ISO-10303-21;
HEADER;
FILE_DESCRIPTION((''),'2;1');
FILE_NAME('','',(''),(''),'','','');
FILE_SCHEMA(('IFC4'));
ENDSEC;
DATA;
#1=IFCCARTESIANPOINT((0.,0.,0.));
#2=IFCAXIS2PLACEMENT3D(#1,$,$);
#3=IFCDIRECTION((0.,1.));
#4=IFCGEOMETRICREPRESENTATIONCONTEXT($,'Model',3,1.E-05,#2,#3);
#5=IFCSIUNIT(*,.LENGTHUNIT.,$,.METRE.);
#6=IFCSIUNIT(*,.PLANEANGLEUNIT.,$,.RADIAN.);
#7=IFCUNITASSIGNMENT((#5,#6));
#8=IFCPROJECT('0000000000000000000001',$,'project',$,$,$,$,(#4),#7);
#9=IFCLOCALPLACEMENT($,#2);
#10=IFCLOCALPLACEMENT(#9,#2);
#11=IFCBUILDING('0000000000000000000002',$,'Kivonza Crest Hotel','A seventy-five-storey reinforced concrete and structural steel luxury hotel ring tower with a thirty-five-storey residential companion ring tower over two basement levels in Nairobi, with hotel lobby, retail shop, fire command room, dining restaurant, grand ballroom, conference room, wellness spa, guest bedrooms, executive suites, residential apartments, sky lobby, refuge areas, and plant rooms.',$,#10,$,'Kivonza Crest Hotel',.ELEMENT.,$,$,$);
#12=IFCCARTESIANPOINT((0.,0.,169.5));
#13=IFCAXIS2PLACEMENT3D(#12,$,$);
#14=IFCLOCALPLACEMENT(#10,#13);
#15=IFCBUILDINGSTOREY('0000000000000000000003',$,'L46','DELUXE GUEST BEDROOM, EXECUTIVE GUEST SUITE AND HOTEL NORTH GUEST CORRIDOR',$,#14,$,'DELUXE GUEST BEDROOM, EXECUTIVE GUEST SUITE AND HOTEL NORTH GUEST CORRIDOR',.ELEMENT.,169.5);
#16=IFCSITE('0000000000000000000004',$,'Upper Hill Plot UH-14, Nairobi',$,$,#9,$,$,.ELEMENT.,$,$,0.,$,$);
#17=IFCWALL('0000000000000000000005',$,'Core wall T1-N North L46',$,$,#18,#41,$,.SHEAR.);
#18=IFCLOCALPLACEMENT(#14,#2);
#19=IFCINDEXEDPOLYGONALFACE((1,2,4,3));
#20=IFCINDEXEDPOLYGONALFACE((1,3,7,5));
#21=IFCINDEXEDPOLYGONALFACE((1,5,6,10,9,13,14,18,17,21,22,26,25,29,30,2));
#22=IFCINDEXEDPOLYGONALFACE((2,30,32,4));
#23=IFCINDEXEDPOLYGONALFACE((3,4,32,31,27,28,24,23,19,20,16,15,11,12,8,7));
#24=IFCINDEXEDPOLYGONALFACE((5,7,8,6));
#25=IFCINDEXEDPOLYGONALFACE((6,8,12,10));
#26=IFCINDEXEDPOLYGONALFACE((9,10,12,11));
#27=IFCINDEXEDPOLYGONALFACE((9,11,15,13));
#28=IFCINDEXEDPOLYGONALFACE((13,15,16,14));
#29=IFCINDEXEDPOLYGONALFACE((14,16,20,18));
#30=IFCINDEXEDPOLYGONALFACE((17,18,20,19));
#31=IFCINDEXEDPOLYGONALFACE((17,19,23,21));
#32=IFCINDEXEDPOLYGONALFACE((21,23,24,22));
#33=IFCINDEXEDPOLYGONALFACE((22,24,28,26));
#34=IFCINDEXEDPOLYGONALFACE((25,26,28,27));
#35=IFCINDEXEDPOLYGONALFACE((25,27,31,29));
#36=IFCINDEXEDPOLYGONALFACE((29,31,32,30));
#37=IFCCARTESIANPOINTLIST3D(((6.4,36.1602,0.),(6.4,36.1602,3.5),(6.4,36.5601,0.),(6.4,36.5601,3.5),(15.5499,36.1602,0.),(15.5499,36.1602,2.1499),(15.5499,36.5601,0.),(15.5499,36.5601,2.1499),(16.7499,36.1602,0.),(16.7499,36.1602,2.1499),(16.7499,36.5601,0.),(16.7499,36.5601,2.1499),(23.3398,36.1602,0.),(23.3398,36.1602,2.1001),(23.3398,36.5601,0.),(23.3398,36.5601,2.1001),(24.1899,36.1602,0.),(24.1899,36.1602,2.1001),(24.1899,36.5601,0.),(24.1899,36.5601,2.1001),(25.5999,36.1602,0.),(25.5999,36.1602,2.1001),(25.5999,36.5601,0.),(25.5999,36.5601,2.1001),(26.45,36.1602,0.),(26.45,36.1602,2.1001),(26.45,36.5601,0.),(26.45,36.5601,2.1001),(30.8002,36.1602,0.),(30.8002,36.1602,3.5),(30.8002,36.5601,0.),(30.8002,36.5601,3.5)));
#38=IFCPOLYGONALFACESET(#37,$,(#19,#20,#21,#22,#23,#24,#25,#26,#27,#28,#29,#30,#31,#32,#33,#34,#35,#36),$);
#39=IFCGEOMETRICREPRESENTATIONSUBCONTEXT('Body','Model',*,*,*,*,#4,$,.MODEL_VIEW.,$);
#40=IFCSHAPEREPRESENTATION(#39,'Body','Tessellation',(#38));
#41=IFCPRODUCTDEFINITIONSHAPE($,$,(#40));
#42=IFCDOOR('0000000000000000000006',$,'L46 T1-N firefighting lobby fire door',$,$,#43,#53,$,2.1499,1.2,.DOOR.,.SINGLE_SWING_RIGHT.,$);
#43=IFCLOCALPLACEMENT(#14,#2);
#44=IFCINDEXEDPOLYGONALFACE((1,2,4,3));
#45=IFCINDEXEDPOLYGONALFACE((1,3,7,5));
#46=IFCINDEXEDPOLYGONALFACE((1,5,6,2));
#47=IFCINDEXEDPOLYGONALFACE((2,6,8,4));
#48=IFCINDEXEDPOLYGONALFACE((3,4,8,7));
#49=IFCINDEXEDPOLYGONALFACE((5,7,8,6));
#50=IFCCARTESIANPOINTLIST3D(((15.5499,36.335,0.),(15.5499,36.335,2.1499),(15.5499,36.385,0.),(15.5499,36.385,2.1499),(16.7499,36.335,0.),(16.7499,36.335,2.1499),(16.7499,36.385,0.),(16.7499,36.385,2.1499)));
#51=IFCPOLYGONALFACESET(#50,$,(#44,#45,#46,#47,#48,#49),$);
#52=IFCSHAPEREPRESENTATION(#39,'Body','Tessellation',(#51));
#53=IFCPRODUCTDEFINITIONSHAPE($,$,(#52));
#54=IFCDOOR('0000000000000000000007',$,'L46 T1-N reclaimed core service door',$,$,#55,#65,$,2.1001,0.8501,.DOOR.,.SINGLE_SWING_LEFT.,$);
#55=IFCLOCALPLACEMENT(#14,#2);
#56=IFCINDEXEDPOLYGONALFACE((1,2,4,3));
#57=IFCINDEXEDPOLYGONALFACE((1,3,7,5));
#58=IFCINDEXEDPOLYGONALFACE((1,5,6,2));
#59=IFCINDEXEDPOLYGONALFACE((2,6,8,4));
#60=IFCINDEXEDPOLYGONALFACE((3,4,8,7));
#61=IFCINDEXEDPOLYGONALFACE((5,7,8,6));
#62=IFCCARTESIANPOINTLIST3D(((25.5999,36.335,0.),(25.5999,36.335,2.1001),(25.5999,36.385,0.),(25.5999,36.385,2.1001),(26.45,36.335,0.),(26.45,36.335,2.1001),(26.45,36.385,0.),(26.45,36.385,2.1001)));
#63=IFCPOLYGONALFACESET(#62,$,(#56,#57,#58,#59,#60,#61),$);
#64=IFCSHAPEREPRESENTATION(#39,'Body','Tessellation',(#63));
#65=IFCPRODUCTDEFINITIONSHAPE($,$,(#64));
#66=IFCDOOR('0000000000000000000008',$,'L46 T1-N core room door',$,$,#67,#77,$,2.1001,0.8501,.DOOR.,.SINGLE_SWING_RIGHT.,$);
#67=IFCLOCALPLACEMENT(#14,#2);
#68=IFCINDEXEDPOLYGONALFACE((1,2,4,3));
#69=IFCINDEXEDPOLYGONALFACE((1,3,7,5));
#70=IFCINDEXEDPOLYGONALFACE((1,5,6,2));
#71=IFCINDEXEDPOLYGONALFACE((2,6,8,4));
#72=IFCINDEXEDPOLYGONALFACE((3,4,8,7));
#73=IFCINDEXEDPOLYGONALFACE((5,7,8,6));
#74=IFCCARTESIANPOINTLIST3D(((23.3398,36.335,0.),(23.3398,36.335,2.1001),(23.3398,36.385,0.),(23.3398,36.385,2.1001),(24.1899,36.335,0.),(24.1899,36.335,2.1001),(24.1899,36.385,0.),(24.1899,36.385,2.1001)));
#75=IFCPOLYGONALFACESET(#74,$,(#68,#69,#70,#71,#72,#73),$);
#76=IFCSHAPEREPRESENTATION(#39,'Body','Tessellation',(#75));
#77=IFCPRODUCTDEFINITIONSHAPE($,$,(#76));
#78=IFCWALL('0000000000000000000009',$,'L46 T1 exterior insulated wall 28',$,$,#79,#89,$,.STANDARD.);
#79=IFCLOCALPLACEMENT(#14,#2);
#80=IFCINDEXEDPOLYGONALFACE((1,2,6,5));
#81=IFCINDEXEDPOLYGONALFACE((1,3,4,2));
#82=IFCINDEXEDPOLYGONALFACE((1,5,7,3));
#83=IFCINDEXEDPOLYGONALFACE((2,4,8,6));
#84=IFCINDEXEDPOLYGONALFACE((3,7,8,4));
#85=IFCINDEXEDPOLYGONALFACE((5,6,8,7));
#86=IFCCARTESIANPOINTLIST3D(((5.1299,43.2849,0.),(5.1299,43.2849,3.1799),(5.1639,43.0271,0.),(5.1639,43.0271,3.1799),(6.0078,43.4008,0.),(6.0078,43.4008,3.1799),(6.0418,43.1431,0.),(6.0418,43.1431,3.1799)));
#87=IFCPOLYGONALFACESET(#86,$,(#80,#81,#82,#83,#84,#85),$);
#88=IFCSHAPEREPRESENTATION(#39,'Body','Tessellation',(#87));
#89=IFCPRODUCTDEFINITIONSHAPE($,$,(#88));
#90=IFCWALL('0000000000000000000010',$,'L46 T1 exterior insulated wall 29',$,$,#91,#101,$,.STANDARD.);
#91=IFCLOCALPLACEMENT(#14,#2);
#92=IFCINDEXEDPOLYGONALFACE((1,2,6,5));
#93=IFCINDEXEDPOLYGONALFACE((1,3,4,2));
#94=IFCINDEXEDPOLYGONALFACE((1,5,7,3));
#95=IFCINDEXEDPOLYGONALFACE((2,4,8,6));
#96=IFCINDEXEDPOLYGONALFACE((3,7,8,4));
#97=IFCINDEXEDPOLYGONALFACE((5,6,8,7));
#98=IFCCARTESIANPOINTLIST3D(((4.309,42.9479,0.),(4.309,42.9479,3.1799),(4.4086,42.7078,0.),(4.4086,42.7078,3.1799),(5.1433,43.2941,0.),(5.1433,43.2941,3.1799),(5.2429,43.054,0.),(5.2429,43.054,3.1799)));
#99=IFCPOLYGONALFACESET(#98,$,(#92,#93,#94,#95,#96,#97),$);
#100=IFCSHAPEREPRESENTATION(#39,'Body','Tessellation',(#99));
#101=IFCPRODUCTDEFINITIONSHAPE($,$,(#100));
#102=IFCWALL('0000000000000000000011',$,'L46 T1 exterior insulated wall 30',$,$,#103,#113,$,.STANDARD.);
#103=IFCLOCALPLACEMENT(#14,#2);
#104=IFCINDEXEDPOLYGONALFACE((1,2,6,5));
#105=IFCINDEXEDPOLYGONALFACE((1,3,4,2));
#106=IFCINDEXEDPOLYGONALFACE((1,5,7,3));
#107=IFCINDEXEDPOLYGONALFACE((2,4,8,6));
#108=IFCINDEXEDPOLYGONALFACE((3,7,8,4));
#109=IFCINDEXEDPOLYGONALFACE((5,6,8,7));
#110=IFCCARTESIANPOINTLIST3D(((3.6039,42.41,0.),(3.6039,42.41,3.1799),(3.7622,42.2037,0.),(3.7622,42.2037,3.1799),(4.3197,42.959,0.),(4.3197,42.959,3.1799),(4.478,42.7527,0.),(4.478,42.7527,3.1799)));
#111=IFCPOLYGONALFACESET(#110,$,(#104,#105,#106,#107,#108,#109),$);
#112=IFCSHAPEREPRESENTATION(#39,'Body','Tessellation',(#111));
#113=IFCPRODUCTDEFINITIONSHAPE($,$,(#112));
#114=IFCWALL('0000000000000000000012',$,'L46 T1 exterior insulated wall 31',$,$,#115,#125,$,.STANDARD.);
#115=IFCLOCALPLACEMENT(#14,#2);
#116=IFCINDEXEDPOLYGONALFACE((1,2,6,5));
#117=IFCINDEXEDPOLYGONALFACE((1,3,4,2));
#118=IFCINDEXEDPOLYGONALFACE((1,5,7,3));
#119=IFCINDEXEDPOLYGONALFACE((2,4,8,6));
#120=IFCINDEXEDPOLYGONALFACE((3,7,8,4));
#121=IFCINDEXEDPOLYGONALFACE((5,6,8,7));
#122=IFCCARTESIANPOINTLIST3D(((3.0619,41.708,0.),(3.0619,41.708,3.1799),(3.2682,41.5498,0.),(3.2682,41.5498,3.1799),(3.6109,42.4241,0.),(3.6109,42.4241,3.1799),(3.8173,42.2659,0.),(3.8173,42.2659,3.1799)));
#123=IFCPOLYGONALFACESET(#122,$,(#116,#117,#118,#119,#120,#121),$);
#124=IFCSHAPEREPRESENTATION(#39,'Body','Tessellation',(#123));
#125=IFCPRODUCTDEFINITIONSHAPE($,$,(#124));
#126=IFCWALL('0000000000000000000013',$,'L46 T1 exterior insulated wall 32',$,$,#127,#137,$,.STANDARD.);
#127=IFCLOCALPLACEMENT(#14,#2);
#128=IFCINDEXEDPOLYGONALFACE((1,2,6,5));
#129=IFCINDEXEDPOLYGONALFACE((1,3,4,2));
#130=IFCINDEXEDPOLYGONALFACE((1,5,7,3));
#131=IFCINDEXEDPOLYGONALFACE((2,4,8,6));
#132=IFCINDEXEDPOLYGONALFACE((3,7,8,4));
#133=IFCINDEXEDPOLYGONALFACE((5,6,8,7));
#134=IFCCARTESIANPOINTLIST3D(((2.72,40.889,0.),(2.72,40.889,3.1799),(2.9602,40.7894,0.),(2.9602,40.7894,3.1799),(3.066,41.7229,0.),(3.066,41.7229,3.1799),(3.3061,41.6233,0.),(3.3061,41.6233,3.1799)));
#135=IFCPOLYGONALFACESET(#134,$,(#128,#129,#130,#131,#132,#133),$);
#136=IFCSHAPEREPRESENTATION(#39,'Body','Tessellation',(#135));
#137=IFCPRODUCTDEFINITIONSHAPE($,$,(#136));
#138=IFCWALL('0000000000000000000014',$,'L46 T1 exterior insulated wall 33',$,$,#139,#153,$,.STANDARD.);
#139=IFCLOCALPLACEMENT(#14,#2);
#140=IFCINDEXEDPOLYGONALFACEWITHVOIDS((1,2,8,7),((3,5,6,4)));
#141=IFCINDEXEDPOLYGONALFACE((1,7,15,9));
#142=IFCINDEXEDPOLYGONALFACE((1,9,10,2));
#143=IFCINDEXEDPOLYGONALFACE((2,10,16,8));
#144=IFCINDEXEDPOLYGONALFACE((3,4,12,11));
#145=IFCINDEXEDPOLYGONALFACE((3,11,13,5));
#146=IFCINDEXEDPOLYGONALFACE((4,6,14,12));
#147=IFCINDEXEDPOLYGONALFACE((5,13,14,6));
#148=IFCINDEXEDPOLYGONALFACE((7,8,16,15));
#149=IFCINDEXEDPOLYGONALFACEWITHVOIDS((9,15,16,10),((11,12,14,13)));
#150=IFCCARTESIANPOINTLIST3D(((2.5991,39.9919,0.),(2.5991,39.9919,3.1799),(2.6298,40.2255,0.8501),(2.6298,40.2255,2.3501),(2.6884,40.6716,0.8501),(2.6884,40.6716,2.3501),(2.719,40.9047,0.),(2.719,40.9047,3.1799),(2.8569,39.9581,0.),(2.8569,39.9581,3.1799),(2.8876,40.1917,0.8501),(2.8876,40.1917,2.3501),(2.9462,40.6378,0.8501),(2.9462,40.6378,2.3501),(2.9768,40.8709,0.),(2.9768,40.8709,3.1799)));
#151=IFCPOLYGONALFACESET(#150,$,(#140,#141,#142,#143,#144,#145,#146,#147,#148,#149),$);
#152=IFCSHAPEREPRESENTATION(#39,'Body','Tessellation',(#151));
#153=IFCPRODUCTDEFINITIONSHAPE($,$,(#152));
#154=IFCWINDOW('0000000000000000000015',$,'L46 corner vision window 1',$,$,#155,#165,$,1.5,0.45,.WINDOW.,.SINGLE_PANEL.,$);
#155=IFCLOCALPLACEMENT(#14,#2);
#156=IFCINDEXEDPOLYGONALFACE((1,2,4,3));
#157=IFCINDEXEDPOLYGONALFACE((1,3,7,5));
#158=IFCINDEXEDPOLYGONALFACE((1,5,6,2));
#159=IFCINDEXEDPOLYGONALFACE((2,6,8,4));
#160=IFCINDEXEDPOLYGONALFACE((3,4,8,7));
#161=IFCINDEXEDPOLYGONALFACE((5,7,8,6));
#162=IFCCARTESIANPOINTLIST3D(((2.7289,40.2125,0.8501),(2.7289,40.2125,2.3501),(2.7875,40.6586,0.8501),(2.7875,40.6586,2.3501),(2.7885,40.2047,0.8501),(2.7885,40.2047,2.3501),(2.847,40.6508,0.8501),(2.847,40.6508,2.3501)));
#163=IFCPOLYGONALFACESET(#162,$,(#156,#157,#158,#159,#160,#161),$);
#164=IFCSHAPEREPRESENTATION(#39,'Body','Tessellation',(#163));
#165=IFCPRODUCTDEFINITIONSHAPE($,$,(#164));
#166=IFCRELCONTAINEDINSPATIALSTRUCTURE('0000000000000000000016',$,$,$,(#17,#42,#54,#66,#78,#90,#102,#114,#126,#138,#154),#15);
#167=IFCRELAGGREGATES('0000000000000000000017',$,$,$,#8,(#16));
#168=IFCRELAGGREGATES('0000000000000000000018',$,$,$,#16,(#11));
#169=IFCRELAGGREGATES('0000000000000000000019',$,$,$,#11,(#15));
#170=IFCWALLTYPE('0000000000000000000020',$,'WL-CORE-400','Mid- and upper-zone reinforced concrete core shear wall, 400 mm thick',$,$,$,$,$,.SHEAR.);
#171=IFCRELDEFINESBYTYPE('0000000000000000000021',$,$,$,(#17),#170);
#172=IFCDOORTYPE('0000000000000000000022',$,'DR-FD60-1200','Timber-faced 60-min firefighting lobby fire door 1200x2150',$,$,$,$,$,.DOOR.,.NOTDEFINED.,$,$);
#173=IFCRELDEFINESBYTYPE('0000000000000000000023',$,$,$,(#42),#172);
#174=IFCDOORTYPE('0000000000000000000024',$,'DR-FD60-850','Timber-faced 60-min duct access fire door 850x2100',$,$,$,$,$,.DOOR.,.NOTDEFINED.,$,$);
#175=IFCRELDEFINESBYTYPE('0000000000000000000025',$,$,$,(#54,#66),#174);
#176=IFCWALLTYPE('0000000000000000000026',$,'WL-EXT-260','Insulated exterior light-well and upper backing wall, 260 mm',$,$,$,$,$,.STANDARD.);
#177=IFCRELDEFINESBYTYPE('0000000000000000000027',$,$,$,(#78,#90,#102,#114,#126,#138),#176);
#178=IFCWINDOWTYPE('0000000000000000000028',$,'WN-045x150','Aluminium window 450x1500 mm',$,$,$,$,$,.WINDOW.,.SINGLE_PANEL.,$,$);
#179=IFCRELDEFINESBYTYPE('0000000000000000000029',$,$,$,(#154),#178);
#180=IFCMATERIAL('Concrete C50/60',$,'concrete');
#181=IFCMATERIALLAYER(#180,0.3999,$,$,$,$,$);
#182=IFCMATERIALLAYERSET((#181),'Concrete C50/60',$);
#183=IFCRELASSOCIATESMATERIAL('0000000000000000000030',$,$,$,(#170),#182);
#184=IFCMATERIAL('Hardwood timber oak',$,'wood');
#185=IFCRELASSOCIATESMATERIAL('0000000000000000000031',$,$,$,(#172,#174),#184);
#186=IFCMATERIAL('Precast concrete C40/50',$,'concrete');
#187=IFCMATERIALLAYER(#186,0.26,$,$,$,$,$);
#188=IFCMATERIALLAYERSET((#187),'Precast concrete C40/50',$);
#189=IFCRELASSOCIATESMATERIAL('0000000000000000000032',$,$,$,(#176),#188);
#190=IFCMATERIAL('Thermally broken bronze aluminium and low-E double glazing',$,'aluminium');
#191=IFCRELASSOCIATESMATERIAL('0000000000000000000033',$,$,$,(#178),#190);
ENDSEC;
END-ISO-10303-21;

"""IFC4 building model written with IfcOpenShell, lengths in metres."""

from ifc_helpers import new_model, si_unit, direction, frame, frame_2d, origin, place, context, subcontext, project, spatial, rectangle, extrude, material, layer, layer_set, type_object, element, fill, save


model = new_model("IFC4")

# Units and contexts
model_context = context("Model", 3, precision=1e-05, world=origin(), true_north=direction((0.0, 1.0)))
body_context = subcontext(model_context, "Body", "Model", "MODEL_VIEW")
ifc_project = project(units=[si_unit("LENGTHUNIT", "METRE"), si_unit("PLANEANGLEUNIT", "RADIAN")], contexts=[model_context])

# Site, building, storey
site_placement = place(None, origin())
site = spatial("IfcSite", under=ifc_project, at=site_placement, Name="Upper Hill Plot UH-14, Nairobi", CompositionType="ELEMENT", RefElevation=0.0)
building_placement = place(site_placement, origin())
building = spatial("IfcBuilding", under=site, at=building_placement, Name="Kivonza Crest Hotel", Description="A seventy-five-storey reinforced concrete and structural steel luxury hotel ring tower with a thirty-five-storey residential companion ring tower over two basement levels in Nairobi, with hotel lobby, retail shop, fire command room, dining restaurant, grand ballroom, conference room, wellness spa, guest bedrooms, executive suites, residential apartments, sky lobby, refuge areas, and plant rooms.", LongName="Kivonza Crest Hotel", CompositionType="ELEMENT")
storey_placement = place(building_placement, frame((0.0, 0.0, 169.5)))
storey = spatial("IfcBuildingStorey", under=building, at=storey_placement, Name="L46", Description="DELUXE GUEST BEDROOM, EXECUTIVE GUEST SUITE AND HOTEL NORTH GUEST CORRIDOR", LongName="DELUXE GUEST BEDROOM, EXECUTIVE GUEST SUITE AND HOTEL NORTH GUEST CORRIDOR", CompositionType="ELEMENT", Elevation=169.5)

# Shared definitions
ifc_material_1 = material(Name="Concrete C50/60", Category="concrete")

# Shared definitions
ifc_material_2 = material(Name="Hardwood timber oak", Category="wood")

# Wall, openings, doors
ifc_layer_1 = layer(ifc_material_1, 0.3999)
ifc_layer_set_1 = layer_set([ifc_layer_1], Name="Concrete C50/60")
wall_type_1 = type_object("IfcWallType", Name="WL-CORE-400", Description="Mid- and upper-zone reinforced concrete core shear wall, 400 mm thick", PredefinedType="SHEAR", material=ifc_layer_set_1)
wall_1_placement = place(storey_placement, frame((6.3999, 36.3601, 0.0), z_axis=(0.0, 0.0, 1.0), x_axis=(1.0, 0.0, 0.0)))
wall_1 = element("IfcWall", 1, at=wall_1_placement, inside=storey, type_object=wall_type_1, Name="Core wall T1-N North L46", PredefinedType="SHEAR", context=body_context, shape_type="SweptSolid", body=[
    extrude(rectangle(XDim=24.4001, YDim=0.3999, at=frame_2d((12.2002, 0.0))), origin(), (0.0, 0.0, 1.0), 3.5),
])
opening_1_placement = place(wall_1_placement, frame((9.1499, 0.0, 0.0)))
opening_1 = element("IfcOpeningElement", 2, at=opening_1_placement, cuts=wall_1, PredefinedType="OPENING", context=body_context, shape_type="SweptSolid", body=[
    extrude(rectangle(XDim=1.2, YDim=2.1499, at=frame_2d((0.6001, 1.075))), frame((0.0, 0.21, 0.0), z_axis=(0.0, -1.0, 0.0), x_axis=(1.0, 0.0, 0.0)), (0.0, 0.0, 1.0), 0.4199),
])
opening_2_placement = place(wall_1_placement, frame((19.2, 0.0, 0.0)))
opening_2 = element("IfcOpeningElement", 3, at=opening_2_placement, cuts=wall_1, PredefinedType="OPENING", context=body_context, shape_type="SweptSolid", body=[
    extrude(rectangle(XDim=0.8501, YDim=2.1001, at=frame_2d((0.425, 1.05))), frame((0.0, 0.21, 0.0), z_axis=(0.0, -1.0, 0.0), x_axis=(1.0, 0.0, 0.0)), (0.0, 0.0, 1.0), 0.4199),
])
opening_3_placement = place(wall_1_placement, frame((16.9399, 0.0, 0.0)))
opening_3 = element("IfcOpeningElement", 4, at=opening_3_placement, cuts=wall_1, PredefinedType="OPENING", context=body_context, shape_type="SweptSolid", body=[
    extrude(rectangle(XDim=0.8501, YDim=2.1001, at=frame_2d((0.425, 1.05))), frame((0.0, 0.21, 0.0), z_axis=(0.0, -1.0, 0.0), x_axis=(1.0, 0.0, 0.0)), (0.0, 0.0, 1.0), 0.4199),
])
door_type_1 = type_object("IfcDoorType", Name="DR-FD60-1200", Description="Timber-faced 60-min firefighting lobby fire door 1200x2150", OperationType="NOTDEFINED", PredefinedType="DOOR", material=ifc_material_2)
door_1_placement = place(opening_1_placement, origin())
door_1 = element("IfcDoor", 5, at=door_1_placement, inside=storey, type_object=door_type_1, Name="L46 T1-N firefighting lobby fire door", OperationType="SINGLE_SWING_RIGHT", OverallHeight=2.1499, OverallWidth=1.2, PredefinedType="DOOR", context=body_context, shape_type="SweptSolid", body=[
    extrude(rectangle(XDim=1.2, YDim=2.1499, at=frame_2d((0.6001, 1.075))), frame((0.0, 0.0249, 0.0), z_axis=(0.0, -1.0, 0.0), x_axis=(1.0, 0.0, 0.0)), (0.0, 0.0, 1.0), 0.05),
])
fill(opening_1, door_1)
door_type_2 = type_object("IfcDoorType", Name="DR-FD60-850", Description="Timber-faced 60-min duct access fire door 850x2100", OperationType="NOTDEFINED", PredefinedType="DOOR", material=ifc_material_2)
door_2_placement = place(opening_2_placement, origin())
door_2 = element("IfcDoor", 6, at=door_2_placement, inside=storey, type_object=door_type_2, Name="L46 T1-N reclaimed core service door", OperationType="SINGLE_SWING_LEFT", OverallHeight=2.1001, OverallWidth=0.8501, PredefinedType="DOOR", context=body_context, shape_type="SweptSolid", body=[
    extrude(rectangle(XDim=0.8501, YDim=2.1001, at=frame_2d((0.425, 1.05))), frame((0.0, 0.0249, 0.0), z_axis=(0.0, -1.0, 0.0), x_axis=(1.0, 0.0, 0.0)), (0.0, 0.0, 1.0), 0.05),
])
fill(opening_2, door_2)
door_3_placement = place(opening_3_placement, origin())
door_3 = element("IfcDoor", 7, at=door_3_placement, inside=storey, type_object=door_type_2, Name="L46 T1-N core room door", OperationType="SINGLE_SWING_RIGHT", OverallHeight=2.1001, OverallWidth=0.8501, PredefinedType="DOOR", context=body_context, shape_type="SweptSolid", body=[
    extrude(rectangle(XDim=0.8501, YDim=2.1001, at=frame_2d((0.425, 1.05))), frame((0.0, 0.0249, 0.0), z_axis=(0.0, -1.0, 0.0), x_axis=(1.0, 0.0, 0.0)), (0.0, 0.0, 1.0), 0.05),
])
fill(opening_3, door_3)

# Walls
ifc_material_3 = material(Name="Precast concrete C40/50", Category="concrete")
ifc_layer_2 = layer(ifc_material_3, 0.26)
ifc_layer_set_2 = layer_set([ifc_layer_2], Name="Precast concrete C40/50")
wall_type_2 = type_object("IfcWallType", Name="WL-EXT-260", Description="Insulated exterior light-well and upper backing wall, 260 mm", PredefinedType="STANDARD", material=ifc_layer_set_2)
wall_2_placement = place(storey_placement, frame((6.0249, 43.272, 0.0), z_axis=(0.0, 0.0, 1.0), x_axis=(-0.991388, -0.130954, 0.0)))
element("IfcWall", 8, at=wall_2_placement, inside=storey, type_object=wall_type_2, Name="L46 T1 exterior insulated wall 28", PredefinedType="STANDARD", context=body_context, shape_type="SweptSolid", body=[
    extrude(rectangle(XDim=0.8855, YDim=0.26, at=frame_2d((0.4429, 0.0))), origin(), (0.0, 0.0, 1.0), 3.1799),
])
wall_3_placement = place(storey_placement, frame((5.1931, 43.1741, 0.0), z_axis=(0.0, 0.0, 1.0), x_axis=(-0.923628, -0.383291, 0.0)))
element("IfcWall", 9, at=wall_3_placement, inside=storey, type_object=wall_type_2, Name="L46 T1 exterior insulated wall 29", PredefinedType="STANDARD", context=body_context, shape_type="SweptSolid", body=[
    extrude(rectangle(XDim=0.9033, YDim=0.26, at=frame_2d((0.4517, 0.0))), origin(), (0.0, 0.0, 1.0), 3.1799),
])
wall_4_placement = place(storey_placement, frame((4.3989, 42.856, 0.0), z_axis=(0.0, 0.0, 1.0), x_axis=(-0.793458, -0.608625, 0.0)))
element("IfcWall", 10, at=wall_4_placement, inside=storey, type_object=wall_type_2, Name="L46 T1 exterior insulated wall 30", PredefinedType="STANDARD", context=body_context, shape_type="SweptSolid", body=[
    extrude(rectangle(XDim=0.9021, YDim=0.26, at=frame_2d((0.4512, 0.0))), origin(), (0.0, 0.0, 1.0), 3.1799),
])
wall_5_placement = place(storey_placement, frame((3.7141, 42.345, 0.0), z_axis=(0.0, 0.0, 1.0), x_axis=(-0.608494, -0.793558, 0.0)))
element("IfcWall", 11, at=wall_5_placement, inside=storey, type_object=wall_type_2, Name="L46 T1 exterior insulated wall 31", PredefinedType="STANDARD", context=body_context, shape_type="SweptSolid", body=[
    extrude(rectangle(XDim=0.9023, YDim=0.26, at=frame_2d((0.4512, 0.0))), origin(), (0.0, 0.0, 1.0), 3.1799),
])
wall_6_placement = place(storey_placement, frame((3.186, 41.6731, 0.0), z_axis=(0.0, 0.0, 1.0), x_axis=(-0.383156, -0.923684, 0.0)))
element("IfcWall", 12, at=wall_6_placement, inside=storey, type_object=wall_type_2, Name="L46 T1 exterior insulated wall 32", PredefinedType="STANDARD", context=body_context, shape_type="SweptSolid", body=[
    extrude(rectangle(XDim=0.9028, YDim=0.26, at=frame_2d((0.4514, 0.0))), origin(), (0.0, 0.0, 1.0), 3.1799),
])

# Wall, opening, window
wall_7_placement = place(storey_placement, frame((2.8479, 40.8879, 0.0), z_axis=(0.0, 0.0, 1.0), x_axis=(-0.130201, -0.991488, 0.0)))
wall_7 = element("IfcWall", 13, at=wall_7_placement, inside=storey, type_object=wall_type_2, Name="L46 T1 exterior insulated wall 33", PredefinedType="STANDARD", context=body_context, shape_type="SweptSolid", body=[
    extrude(rectangle(XDim=0.9207, YDim=0.26, at=frame_2d((0.4604, 0.0))), origin(), (0.0, 0.0, 1.0), 3.1799),
])
opening_4_placement = place(wall_7_placement, frame((0.2351, 0.0, 0.8501)))
opening_4 = element("IfcOpeningElement", 14, at=opening_4_placement, cuts=wall_7, PredefinedType="OPENING", context=body_context, shape_type="SweptSolid", body=[
    extrude(rectangle(XDim=0.45, YDim=1.5, at=frame_2d((0.2251, 0.75))), frame((0.0, 0.1401, 0.0), z_axis=(0.0, -1.0, 0.0), x_axis=(1.0, 0.0, 0.0)), (0.0, 0.0, 1.0), 0.28),
])
ifc_material_4 = material(Name="Thermally broken bronze aluminium and low-E double glazing", Category="aluminium")
window_type_1 = type_object("IfcWindowType", Name="WN-045x150", Description="Aluminium window 450x1500 mm", PartitioningType="SINGLE_PANEL", PredefinedType="WINDOW", material=ifc_material_4)
window_1_placement = place(opening_4_placement, origin())
window_1 = element("IfcWindow", 15, at=window_1_placement, inside=storey, type_object=window_type_1, Name="L46 corner vision window 1", OverallHeight=1.5, OverallWidth=0.45, PartitioningType="SINGLE_PANEL", PredefinedType="WINDOW", context=body_context, shape_type="SweptSolid", body=[
    extrude(rectangle(XDim=0.45, YDim=1.5, at=frame_2d((0.2251, 0.75))), frame((0.0, 0.03, 0.0), z_axis=(0.0, -1.0, 0.0), x_axis=(1.0, 0.0, 0.0)), (0.0, 0.0, 1.0), 0.0601),
])
fill(opening_4, window_1)

save(model, "model.ifc")
